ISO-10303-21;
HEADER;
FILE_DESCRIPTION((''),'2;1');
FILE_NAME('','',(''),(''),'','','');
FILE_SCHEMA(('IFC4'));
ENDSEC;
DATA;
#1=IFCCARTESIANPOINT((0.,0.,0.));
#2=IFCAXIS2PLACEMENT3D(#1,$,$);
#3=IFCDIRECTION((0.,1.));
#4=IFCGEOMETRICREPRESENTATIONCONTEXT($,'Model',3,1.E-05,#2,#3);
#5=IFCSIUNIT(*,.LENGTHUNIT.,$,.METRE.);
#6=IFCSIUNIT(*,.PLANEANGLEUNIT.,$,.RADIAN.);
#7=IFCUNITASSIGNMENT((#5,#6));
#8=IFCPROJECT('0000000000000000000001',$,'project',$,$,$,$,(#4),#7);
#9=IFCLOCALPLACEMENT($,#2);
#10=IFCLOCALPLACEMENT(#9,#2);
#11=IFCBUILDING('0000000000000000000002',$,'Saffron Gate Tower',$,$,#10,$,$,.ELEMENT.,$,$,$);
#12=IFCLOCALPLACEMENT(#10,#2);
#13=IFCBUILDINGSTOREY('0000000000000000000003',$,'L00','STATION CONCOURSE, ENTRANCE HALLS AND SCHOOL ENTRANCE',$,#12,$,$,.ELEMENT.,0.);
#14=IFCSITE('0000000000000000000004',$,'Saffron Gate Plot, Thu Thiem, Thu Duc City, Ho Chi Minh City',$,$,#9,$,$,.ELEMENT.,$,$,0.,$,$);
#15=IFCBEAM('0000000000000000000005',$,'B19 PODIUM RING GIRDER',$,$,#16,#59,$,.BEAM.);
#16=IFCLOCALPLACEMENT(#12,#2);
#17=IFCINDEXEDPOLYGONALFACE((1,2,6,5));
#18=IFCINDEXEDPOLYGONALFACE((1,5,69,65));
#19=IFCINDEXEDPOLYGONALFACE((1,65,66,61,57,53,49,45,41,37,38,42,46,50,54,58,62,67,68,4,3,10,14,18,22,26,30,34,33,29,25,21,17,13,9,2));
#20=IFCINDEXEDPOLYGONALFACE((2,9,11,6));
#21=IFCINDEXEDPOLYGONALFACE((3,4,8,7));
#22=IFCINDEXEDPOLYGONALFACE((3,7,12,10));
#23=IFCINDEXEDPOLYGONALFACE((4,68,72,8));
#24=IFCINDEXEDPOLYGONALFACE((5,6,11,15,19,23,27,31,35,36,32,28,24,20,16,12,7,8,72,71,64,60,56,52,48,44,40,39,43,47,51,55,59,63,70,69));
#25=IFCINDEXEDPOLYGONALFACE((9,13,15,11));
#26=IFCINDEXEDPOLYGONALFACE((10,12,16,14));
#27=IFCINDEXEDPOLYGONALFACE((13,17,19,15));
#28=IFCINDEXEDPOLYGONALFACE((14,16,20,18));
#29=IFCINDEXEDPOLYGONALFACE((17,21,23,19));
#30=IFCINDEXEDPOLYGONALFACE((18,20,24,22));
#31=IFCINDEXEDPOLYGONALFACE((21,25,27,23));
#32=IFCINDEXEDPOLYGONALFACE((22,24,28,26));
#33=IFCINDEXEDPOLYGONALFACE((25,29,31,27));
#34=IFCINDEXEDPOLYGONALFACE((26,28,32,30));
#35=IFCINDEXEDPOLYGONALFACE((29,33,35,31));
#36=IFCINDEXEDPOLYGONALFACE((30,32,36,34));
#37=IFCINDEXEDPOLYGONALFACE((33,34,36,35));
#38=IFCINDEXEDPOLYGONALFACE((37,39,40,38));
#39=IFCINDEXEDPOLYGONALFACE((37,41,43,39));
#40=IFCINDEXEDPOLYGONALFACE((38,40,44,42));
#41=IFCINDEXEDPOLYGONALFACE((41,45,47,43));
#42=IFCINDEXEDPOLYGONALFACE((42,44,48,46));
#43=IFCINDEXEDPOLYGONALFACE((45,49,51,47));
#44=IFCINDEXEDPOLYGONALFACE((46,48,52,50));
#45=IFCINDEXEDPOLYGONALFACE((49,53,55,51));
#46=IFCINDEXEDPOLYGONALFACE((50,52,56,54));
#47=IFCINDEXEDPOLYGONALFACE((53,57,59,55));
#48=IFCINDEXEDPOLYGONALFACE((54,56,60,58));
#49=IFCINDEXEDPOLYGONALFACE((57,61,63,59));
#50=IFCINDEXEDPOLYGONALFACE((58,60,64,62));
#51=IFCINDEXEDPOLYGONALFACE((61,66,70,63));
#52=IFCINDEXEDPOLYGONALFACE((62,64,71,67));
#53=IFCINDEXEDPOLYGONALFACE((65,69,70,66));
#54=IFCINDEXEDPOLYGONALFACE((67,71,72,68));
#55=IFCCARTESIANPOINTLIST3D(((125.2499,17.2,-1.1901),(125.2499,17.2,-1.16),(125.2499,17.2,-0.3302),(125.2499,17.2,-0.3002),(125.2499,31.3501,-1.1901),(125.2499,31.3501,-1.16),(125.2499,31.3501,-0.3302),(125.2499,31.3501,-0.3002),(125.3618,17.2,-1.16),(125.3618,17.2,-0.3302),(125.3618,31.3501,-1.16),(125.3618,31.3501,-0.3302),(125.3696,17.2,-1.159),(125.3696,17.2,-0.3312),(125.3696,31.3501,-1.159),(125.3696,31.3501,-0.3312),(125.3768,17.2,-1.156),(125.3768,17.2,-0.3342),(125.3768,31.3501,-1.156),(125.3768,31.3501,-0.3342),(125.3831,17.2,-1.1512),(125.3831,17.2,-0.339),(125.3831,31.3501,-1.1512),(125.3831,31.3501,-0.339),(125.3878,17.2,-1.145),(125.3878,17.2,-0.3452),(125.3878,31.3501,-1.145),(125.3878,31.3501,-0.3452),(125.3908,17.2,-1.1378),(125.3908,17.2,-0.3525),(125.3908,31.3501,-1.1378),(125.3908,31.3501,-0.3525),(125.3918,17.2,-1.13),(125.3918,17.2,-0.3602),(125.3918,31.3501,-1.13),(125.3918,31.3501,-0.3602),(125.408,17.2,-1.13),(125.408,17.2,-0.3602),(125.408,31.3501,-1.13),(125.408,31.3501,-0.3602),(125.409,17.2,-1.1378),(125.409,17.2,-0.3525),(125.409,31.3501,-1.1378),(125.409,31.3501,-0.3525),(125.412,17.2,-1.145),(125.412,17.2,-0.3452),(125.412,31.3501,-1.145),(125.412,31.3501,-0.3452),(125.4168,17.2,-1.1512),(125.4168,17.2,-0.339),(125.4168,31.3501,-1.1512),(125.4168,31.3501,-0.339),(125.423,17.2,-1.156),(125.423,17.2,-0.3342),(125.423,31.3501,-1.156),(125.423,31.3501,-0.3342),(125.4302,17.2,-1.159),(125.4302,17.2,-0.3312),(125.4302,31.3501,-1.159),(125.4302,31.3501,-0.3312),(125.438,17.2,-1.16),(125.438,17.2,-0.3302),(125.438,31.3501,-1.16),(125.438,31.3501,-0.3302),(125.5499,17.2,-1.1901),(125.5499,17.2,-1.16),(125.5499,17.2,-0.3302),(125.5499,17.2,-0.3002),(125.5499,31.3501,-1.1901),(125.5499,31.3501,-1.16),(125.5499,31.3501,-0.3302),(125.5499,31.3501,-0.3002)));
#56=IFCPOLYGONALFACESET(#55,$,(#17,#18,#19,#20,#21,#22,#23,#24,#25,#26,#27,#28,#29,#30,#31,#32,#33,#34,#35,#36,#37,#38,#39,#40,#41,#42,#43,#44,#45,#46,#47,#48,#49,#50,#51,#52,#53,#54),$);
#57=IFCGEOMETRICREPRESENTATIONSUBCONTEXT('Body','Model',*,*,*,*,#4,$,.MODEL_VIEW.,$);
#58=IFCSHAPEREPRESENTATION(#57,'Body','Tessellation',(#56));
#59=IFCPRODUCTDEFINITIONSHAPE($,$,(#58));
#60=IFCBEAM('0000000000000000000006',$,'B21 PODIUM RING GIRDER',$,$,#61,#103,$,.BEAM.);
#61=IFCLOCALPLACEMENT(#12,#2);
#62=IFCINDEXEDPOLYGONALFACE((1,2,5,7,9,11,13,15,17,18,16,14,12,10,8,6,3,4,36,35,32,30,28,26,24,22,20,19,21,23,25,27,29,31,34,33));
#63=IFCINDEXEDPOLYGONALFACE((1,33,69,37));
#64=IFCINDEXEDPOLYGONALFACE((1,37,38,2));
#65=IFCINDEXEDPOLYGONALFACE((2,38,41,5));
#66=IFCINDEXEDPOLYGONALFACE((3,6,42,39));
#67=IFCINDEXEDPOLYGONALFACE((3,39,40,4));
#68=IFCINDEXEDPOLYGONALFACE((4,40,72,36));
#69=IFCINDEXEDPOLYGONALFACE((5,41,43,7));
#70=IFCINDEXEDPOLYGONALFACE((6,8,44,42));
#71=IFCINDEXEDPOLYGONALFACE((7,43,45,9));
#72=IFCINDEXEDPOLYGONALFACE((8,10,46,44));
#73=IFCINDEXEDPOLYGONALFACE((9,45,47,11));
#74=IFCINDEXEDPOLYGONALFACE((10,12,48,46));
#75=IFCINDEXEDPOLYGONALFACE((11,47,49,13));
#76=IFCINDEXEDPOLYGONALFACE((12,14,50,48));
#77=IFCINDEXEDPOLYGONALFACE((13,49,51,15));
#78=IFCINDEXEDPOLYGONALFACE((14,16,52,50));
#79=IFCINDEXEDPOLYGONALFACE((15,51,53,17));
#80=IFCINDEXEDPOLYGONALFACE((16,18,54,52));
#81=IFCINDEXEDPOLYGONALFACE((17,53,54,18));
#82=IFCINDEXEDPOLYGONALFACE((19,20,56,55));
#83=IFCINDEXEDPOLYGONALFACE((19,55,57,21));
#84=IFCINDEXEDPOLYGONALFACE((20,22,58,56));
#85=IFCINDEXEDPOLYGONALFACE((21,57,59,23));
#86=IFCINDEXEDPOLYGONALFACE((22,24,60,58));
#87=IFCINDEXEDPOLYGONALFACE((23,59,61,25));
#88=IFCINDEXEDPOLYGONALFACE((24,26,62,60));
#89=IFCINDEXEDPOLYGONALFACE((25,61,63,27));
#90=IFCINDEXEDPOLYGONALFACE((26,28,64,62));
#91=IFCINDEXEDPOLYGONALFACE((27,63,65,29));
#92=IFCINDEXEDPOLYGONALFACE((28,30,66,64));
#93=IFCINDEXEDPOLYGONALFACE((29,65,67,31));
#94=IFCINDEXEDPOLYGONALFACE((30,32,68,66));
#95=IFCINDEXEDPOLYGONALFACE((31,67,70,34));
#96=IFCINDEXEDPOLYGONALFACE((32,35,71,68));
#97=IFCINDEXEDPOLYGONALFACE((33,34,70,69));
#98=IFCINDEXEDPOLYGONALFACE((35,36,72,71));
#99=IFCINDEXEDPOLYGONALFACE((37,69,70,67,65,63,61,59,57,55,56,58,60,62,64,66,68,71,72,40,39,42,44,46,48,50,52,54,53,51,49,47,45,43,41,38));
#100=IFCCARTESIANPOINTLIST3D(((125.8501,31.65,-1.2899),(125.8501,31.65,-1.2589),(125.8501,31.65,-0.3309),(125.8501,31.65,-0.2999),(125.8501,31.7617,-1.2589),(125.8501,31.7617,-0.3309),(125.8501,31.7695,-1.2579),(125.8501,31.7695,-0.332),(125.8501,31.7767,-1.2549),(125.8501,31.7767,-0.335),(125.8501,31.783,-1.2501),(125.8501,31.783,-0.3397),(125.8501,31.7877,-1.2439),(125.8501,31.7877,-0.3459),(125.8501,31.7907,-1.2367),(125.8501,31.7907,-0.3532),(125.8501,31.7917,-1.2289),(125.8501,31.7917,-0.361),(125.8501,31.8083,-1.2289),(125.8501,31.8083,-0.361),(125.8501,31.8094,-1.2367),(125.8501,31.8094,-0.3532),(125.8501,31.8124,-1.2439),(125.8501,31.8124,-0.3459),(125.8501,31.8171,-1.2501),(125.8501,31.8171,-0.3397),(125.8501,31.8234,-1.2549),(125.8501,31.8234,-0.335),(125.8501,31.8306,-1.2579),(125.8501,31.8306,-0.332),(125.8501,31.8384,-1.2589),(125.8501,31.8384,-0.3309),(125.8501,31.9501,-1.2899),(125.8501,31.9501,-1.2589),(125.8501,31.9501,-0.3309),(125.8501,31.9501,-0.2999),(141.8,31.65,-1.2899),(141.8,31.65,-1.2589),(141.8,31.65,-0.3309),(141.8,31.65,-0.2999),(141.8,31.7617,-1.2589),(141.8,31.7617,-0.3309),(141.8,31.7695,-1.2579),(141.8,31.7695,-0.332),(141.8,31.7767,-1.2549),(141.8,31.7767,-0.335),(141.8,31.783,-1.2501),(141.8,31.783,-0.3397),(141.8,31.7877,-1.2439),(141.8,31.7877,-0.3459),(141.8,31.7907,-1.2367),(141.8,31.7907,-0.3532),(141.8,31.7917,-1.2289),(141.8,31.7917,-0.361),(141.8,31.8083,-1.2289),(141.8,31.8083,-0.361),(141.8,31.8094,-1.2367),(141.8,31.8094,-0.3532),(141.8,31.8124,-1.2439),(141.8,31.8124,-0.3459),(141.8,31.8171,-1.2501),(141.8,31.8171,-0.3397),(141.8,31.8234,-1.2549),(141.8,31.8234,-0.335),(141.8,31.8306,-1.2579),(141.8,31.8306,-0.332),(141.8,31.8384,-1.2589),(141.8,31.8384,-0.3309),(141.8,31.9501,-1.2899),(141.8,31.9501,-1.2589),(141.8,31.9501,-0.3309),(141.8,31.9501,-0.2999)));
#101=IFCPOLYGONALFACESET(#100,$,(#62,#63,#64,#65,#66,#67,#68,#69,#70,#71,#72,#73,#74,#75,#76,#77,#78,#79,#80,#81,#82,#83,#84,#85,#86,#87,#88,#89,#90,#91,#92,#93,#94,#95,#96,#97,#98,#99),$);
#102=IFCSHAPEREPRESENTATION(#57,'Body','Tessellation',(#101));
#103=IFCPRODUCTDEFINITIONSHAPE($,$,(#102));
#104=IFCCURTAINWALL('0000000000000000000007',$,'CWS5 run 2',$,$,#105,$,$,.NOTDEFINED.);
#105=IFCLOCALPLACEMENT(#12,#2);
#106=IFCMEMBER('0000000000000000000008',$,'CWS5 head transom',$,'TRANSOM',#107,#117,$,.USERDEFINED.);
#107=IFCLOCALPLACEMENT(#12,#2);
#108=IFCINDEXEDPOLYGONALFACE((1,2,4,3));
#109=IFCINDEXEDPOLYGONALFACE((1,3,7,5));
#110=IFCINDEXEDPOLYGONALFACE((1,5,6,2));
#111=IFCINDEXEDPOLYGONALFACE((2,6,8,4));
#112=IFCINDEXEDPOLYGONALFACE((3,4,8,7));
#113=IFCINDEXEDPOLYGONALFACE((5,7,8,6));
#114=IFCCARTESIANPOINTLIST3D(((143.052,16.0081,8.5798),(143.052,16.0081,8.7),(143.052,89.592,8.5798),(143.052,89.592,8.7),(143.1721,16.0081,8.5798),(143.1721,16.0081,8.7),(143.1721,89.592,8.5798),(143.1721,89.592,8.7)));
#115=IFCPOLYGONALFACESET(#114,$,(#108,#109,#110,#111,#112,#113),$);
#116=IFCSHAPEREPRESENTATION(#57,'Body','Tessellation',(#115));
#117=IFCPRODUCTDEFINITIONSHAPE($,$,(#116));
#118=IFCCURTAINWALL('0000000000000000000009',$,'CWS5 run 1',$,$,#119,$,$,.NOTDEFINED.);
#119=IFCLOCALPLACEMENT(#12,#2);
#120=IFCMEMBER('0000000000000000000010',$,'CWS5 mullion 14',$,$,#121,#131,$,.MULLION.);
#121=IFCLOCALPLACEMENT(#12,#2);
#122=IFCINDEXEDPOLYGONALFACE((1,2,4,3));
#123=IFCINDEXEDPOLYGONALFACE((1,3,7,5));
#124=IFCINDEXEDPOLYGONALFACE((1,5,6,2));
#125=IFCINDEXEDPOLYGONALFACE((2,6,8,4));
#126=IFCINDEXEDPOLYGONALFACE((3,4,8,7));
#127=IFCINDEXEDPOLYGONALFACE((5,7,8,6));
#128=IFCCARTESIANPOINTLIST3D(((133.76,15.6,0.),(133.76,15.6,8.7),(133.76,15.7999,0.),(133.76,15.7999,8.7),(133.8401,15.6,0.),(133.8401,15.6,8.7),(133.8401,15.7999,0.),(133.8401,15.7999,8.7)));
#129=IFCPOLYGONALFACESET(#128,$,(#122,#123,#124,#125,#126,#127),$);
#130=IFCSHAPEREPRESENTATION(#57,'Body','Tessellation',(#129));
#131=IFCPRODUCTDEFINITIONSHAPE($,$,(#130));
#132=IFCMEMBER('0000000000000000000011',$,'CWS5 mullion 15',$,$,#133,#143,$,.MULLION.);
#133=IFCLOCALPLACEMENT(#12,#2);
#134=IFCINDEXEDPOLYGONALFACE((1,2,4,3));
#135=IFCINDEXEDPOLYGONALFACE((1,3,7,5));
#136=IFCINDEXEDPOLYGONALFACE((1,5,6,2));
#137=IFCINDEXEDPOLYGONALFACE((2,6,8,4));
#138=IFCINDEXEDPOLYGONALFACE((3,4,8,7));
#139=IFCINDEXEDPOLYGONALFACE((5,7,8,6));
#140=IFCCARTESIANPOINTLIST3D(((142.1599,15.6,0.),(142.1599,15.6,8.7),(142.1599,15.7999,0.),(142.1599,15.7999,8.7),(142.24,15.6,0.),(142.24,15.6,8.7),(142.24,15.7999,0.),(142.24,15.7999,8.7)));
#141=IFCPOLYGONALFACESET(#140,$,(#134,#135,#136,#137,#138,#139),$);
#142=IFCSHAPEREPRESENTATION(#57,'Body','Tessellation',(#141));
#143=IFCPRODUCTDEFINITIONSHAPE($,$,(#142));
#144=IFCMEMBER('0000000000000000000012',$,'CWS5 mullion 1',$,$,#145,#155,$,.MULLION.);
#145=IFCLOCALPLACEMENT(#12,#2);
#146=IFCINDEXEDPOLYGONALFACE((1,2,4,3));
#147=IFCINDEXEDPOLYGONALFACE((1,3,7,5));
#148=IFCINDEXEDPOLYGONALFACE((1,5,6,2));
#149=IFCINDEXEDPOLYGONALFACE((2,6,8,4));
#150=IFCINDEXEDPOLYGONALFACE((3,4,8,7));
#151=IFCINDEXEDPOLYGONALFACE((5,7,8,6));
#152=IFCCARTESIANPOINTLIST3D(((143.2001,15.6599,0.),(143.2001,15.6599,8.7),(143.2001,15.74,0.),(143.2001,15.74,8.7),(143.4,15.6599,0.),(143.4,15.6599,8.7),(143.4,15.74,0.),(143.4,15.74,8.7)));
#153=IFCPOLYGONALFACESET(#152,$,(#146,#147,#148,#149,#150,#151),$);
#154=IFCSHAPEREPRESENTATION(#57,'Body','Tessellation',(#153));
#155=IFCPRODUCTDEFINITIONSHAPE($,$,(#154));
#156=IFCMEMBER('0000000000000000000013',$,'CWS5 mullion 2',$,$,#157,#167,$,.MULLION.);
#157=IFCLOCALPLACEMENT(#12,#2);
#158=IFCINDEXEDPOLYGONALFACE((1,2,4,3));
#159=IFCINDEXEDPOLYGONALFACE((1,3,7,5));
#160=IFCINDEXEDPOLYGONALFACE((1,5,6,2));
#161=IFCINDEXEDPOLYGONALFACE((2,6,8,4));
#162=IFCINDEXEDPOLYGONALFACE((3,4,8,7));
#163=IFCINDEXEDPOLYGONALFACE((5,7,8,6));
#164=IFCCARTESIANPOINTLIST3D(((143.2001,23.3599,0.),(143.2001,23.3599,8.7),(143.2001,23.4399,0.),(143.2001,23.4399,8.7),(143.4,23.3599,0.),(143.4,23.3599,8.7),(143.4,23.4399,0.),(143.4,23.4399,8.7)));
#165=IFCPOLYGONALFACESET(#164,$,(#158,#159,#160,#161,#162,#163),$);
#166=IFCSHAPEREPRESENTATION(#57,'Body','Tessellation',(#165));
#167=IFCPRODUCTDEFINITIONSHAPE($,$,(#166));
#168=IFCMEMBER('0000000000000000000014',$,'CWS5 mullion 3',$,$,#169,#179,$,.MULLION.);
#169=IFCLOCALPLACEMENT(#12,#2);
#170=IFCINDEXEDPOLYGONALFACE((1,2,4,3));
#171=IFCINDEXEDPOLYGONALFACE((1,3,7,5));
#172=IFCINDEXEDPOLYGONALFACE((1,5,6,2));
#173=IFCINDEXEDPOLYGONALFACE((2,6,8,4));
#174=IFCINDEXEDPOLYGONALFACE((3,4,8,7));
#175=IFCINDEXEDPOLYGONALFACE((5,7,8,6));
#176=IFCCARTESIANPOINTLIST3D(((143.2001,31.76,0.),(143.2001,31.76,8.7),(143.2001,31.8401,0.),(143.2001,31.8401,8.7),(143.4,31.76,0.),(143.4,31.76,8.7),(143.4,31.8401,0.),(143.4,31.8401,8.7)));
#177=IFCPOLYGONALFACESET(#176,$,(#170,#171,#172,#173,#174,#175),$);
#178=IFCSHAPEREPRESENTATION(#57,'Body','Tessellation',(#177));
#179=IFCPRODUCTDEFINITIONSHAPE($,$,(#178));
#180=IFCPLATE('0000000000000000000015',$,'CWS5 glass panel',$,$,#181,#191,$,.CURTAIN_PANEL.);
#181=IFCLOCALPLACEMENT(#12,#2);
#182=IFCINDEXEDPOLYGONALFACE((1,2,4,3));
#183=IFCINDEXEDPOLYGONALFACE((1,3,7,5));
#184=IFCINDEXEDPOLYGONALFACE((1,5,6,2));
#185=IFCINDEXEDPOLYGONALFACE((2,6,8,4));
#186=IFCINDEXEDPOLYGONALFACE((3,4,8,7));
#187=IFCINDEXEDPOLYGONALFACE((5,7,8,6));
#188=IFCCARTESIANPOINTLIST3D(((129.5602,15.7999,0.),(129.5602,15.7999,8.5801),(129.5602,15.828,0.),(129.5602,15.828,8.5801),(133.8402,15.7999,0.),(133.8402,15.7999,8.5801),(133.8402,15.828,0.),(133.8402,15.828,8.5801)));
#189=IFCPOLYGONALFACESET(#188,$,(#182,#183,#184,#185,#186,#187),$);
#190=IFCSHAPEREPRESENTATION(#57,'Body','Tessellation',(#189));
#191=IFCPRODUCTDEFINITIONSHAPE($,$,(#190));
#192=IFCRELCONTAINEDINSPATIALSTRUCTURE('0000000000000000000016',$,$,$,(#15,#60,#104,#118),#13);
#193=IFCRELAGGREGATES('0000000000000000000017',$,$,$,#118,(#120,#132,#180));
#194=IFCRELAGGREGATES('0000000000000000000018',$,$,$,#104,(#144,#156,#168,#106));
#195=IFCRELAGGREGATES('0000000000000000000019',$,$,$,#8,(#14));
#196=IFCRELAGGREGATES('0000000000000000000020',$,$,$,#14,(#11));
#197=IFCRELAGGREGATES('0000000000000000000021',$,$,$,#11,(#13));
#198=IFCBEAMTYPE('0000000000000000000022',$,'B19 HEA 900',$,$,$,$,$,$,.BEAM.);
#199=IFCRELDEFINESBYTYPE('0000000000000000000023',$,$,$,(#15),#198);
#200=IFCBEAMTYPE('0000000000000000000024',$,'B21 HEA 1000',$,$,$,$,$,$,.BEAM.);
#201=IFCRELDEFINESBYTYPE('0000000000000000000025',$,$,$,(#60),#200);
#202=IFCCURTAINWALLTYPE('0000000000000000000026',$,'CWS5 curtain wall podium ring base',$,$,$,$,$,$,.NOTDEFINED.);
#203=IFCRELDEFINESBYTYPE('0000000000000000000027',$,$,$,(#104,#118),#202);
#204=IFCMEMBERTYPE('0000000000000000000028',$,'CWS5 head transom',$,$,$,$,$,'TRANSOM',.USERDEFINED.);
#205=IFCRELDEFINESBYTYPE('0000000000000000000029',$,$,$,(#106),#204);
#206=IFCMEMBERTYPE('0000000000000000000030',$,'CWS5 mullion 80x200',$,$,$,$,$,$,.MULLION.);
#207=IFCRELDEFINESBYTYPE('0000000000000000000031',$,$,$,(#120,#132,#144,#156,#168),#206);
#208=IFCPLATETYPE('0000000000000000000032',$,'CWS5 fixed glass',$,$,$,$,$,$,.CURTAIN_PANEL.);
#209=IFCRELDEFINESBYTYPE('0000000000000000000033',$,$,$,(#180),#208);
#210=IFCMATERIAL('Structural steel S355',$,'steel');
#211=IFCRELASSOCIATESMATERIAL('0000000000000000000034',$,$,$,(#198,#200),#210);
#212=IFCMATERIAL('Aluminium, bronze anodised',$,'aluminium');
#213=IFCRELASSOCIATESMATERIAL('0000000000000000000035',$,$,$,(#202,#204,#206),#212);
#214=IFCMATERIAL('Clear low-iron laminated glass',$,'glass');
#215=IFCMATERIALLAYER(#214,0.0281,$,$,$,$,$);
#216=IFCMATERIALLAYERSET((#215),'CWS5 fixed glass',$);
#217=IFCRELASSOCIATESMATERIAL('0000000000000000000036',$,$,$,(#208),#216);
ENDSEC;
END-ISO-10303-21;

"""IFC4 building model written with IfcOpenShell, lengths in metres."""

from ifc_helpers import new_model, si_unit, direction, frame, frame_2d, origin, origin_2d, place, context, subcontext, project, spatial, rectangle, i_section, extrude, material, layer, layer_set, material_profile, profile_set, type_object, element, aggregate, save


model = new_model("IFC4")

# Units and contexts
model_context = context("Model", 3, precision=1e-05, world=origin(), true_north=direction((0.0, 1.0)))
body_context = subcontext(model_context, "Body", "Model", "MODEL_VIEW")
ifc_project = project(units=[si_unit("LENGTHUNIT", "METRE"), si_unit("PLANEANGLEUNIT", "RADIAN")], contexts=[model_context])

# Site, building, storey
site_placement = place(None, origin())
site = spatial("IfcSite", under=ifc_project, at=site_placement, Name="Saffron Gate Plot, Thu Thiem, Thu Duc City, Ho Chi Minh City", CompositionType="ELEMENT", RefElevation=0.0)
building_placement = place(site_placement, origin())
building = spatial("IfcBuilding", under=site, at=building_placement, Name="Saffron Gate Tower", CompositionType="ELEMENT")
storey_placement = place(building_placement, origin())
storey = spatial("IfcBuildingStorey", under=building, at=storey_placement, Name="L00", Description="STATION CONCOURSE, ENTRANCE HALLS AND SCHOOL ENTRANCE", CompositionType="ELEMENT", Elevation=0.0)

# Beams
ifc_material_1 = material(Name="Structural steel S355", Category="steel")
ifc_material_profile_1 = material_profile(ifc_material_1, i_section(OverallWidth=0.3, OverallDepth=0.8899, WebThickness=0.0161, FlangeThickness=0.03, FilletRadius=0.03, at=origin_2d()))
ifc_profile_set_1 = profile_set([ifc_material_profile_1], Name="Structural steel S355")
beam_type_1 = type_object("IfcBeamType", Name="B19 HEA 900", PredefinedType="BEAM", material=ifc_profile_set_1)
beam_1_placement = place(storey_placement, frame((125.3999, 17.2, -0.7451), z_axis=(0.0, 1.0, 0.0), x_axis=(-1.0, 0.0, 0.0)))
element("IfcBeam", 1, at=beam_1_placement, inside=storey, type_object=beam_type_1, Name="B19 PODIUM RING GIRDER", PredefinedType="BEAM", context=body_context, shape_type="SweptSolid", body=[
    extrude(i_section(OverallWidth=0.3, OverallDepth=0.8899, WebThickness=0.0161, FlangeThickness=0.03, FilletRadius=0.03, at=origin_2d()), origin(), (0.0, 0.0, 1.0), 14.1501),
])
ifc_material_profile_2 = material_profile(ifc_material_1, i_section(OverallWidth=0.3, OverallDepth=0.99, WebThickness=0.0166, FlangeThickness=0.031, FilletRadius=0.03, at=origin_2d()))
ifc_profile_set_2 = profile_set([ifc_material_profile_2], Name="Structural steel S355")
beam_type_2 = type_object("IfcBeamType", Name="B21 HEA 1000", PredefinedType="BEAM", material=ifc_profile_set_2)
beam_2_placement = place(storey_placement, frame((141.8, 31.8, -0.7949), z_axis=(-1.0, 0.0, 0.0), x_axis=(0.0, -1.0, 0.0)))
element("IfcBeam", 2, at=beam_2_placement, inside=storey, type_object=beam_type_2, Name="B21 PODIUM RING GIRDER", PredefinedType="BEAM", context=body_context, shape_type="SweptSolid", body=[
    extrude(i_section(OverallWidth=0.3, OverallDepth=0.99, WebThickness=0.0166, FlangeThickness=0.031, FilletRadius=0.03, at=origin_2d()), origin(), (0.0, 0.0, 1.0), 15.95),
])

# Curtain wall, member
ifc_material_2 = material(Name="Aluminium, bronze anodised", Category="aluminium")
curtain_wall_type = type_object("IfcCurtainWallType", Name="CWS5 curtain wall podium ring base", PredefinedType="NOTDEFINED", material=ifc_material_2)
curtain_wall_1_placement = place(storey_placement, origin())
curtain_wall_1 = element("IfcCurtainWall", 3, at=curtain_wall_1_placement, inside=storey, type_object=curtain_wall_type, Name="CWS5 run 2", PredefinedType="NOTDEFINED")
ifc_material_profile_3 = material_profile(ifc_material_2, rectangle(XDim=0.1201, YDim=0.1201, at=origin_2d()))
ifc_profile_set_3 = profile_set([ifc_material_profile_3], Name="Aluminium, bronze anodised")
member_type_1 = type_object("IfcMemberType", Name="CWS5 head transom", ElementType="TRANSOM", PredefinedType="USERDEFINED", material=ifc_profile_set_3)
member_1_placement = place(storey_placement, frame((143.1121, 16.0081, 8.6399), z_axis=(0.0, 1.0, 0.0), x_axis=(-1.0, 0.0, 0.0)))
member_1 = element("IfcMember", 4, at=member_1_placement, type_object=member_type_1, Name="CWS5 head transom", ObjectType="TRANSOM", PredefinedType="USERDEFINED", context=body_context, shape_type="SweptSolid", body=[
    extrude(rectangle(XDim=0.1201, YDim=0.1201, at=origin_2d()), origin(), (0.0, 0.0, 1.0), 73.584),
])

# Curtain wall, members
curtain_wall_2_placement = place(storey_placement, origin())
curtain_wall_2 = element("IfcCurtainWall", 5, at=curtain_wall_2_placement, inside=storey, type_object=curtain_wall_type, Name="CWS5 run 1", PredefinedType="NOTDEFINED")
ifc_material_profile_4 = material_profile(ifc_material_2, rectangle(XDim=0.2, YDim=0.0801, at=origin_2d()))
ifc_profile_set_4 = profile_set([ifc_material_profile_4], Name="Aluminium, bronze anodised")
member_type_2 = type_object("IfcMemberType", Name="CWS5 mullion 80x200", PredefinedType="MULLION", material=ifc_profile_set_4)
member_2_placement = place(storey_placement, frame((133.8, 15.7, 0.0), z_axis=(0.0, 0.0, 1.0), x_axis=(0.0, 1.0, 0.0)))
member_2 = element("IfcMember", 6, at=member_2_placement, type_object=member_type_2, Name="CWS5 mullion 14", PredefinedType="MULLION", context=body_context, shape_type="SweptSolid", body=[
    extrude(rectangle(XDim=0.2, YDim=0.0801, at=origin_2d()), origin(), (0.0, 0.0, 1.0), 8.7),
])
member_3_placement = place(storey_placement, frame((142.2, 15.7, 0.0), z_axis=(0.0, 0.0, 1.0), x_axis=(0.0, 1.0, 0.0)))
member_3 = element("IfcMember", 7, at=member_3_placement, type_object=member_type_2, Name="CWS5 mullion 15", PredefinedType="MULLION", context=body_context, shape_type="SweptSolid", body=[
    extrude(rectangle(XDim=0.2, YDim=0.0801, at=origin_2d()), origin(), (0.0, 0.0, 1.0), 8.7),
])

# Members
member_4_placement = place(storey_placement, frame((143.3, 15.7, 0.0), z_axis=(0.0, 0.0, 1.0), x_axis=(-1.0, 0.0, 0.0)))
member_4 = element("IfcMember", 8, at=member_4_placement, type_object=member_type_2, Name="CWS5 mullion 1", PredefinedType="MULLION", context=body_context, shape_type="SweptSolid", body=[
    extrude(rectangle(XDim=0.2, YDim=0.0801, at=origin_2d()), origin(), (0.0, 0.0, 1.0), 8.7),
])
member_5_placement = place(storey_placement, frame((143.3, 23.3999, 0.0), z_axis=(0.0, 0.0, 1.0), x_axis=(-1.0, 0.0, 0.0)))
member_5 = element("IfcMember", 9, at=member_5_placement, type_object=member_type_2, Name="CWS5 mullion 2", PredefinedType="MULLION", context=body_context, shape_type="SweptSolid", body=[
    extrude(rectangle(XDim=0.2, YDim=0.0801, at=origin_2d()), origin(), (0.0, 0.0, 1.0), 8.7),
])
member_6_placement = place(storey_placement, frame((143.3, 31.8, 0.0), z_axis=(0.0, 0.0, 1.0), x_axis=(-1.0, 0.0, 0.0)))
member_6 = element("IfcMember", 10, at=member_6_placement, type_object=member_type_2, Name="CWS5 mullion 3", PredefinedType="MULLION", context=body_context, shape_type="SweptSolid", body=[
    extrude(rectangle(XDim=0.2, YDim=0.0801, at=origin_2d()), origin(), (0.0, 0.0, 1.0), 8.7),
])

# Plate
ifc_material_3 = material(Name="Clear low-iron laminated glass", Category="glass")
ifc_layer_1 = layer(ifc_material_3, 0.0281)
ifc_layer_set_1 = layer_set([ifc_layer_1], Name="CWS5 fixed glass")
plate_type = type_object("IfcPlateType", Name="CWS5 fixed glass", PredefinedType="CURTAIN_PANEL", material=ifc_layer_set_1)
plate_1_placement = place(storey_placement, frame((129.5601, 15.814, 0.0), z_axis=(0.0, 0.0, 1.0), x_axis=(1.0, 0.0, 0.0)))
plate_1 = element("IfcPlate", 11, at=plate_1_placement, type_object=plate_type, Name="CWS5 glass panel", PredefinedType="CURTAIN_PANEL", context=body_context, shape_type="SweptSolid", body=[
    extrude(rectangle(XDim=4.28, YDim=0.0281, at=frame_2d((2.1401, 0.0))), origin(), (0.0, 0.0, 1.0), 8.5801),
])
aggregate(curtain_wall_2, [member_2, member_3, plate_1])
aggregate(curtain_wall_1, [member_4, member_5, member_6, member_1])

save(model, "model.ifc")
